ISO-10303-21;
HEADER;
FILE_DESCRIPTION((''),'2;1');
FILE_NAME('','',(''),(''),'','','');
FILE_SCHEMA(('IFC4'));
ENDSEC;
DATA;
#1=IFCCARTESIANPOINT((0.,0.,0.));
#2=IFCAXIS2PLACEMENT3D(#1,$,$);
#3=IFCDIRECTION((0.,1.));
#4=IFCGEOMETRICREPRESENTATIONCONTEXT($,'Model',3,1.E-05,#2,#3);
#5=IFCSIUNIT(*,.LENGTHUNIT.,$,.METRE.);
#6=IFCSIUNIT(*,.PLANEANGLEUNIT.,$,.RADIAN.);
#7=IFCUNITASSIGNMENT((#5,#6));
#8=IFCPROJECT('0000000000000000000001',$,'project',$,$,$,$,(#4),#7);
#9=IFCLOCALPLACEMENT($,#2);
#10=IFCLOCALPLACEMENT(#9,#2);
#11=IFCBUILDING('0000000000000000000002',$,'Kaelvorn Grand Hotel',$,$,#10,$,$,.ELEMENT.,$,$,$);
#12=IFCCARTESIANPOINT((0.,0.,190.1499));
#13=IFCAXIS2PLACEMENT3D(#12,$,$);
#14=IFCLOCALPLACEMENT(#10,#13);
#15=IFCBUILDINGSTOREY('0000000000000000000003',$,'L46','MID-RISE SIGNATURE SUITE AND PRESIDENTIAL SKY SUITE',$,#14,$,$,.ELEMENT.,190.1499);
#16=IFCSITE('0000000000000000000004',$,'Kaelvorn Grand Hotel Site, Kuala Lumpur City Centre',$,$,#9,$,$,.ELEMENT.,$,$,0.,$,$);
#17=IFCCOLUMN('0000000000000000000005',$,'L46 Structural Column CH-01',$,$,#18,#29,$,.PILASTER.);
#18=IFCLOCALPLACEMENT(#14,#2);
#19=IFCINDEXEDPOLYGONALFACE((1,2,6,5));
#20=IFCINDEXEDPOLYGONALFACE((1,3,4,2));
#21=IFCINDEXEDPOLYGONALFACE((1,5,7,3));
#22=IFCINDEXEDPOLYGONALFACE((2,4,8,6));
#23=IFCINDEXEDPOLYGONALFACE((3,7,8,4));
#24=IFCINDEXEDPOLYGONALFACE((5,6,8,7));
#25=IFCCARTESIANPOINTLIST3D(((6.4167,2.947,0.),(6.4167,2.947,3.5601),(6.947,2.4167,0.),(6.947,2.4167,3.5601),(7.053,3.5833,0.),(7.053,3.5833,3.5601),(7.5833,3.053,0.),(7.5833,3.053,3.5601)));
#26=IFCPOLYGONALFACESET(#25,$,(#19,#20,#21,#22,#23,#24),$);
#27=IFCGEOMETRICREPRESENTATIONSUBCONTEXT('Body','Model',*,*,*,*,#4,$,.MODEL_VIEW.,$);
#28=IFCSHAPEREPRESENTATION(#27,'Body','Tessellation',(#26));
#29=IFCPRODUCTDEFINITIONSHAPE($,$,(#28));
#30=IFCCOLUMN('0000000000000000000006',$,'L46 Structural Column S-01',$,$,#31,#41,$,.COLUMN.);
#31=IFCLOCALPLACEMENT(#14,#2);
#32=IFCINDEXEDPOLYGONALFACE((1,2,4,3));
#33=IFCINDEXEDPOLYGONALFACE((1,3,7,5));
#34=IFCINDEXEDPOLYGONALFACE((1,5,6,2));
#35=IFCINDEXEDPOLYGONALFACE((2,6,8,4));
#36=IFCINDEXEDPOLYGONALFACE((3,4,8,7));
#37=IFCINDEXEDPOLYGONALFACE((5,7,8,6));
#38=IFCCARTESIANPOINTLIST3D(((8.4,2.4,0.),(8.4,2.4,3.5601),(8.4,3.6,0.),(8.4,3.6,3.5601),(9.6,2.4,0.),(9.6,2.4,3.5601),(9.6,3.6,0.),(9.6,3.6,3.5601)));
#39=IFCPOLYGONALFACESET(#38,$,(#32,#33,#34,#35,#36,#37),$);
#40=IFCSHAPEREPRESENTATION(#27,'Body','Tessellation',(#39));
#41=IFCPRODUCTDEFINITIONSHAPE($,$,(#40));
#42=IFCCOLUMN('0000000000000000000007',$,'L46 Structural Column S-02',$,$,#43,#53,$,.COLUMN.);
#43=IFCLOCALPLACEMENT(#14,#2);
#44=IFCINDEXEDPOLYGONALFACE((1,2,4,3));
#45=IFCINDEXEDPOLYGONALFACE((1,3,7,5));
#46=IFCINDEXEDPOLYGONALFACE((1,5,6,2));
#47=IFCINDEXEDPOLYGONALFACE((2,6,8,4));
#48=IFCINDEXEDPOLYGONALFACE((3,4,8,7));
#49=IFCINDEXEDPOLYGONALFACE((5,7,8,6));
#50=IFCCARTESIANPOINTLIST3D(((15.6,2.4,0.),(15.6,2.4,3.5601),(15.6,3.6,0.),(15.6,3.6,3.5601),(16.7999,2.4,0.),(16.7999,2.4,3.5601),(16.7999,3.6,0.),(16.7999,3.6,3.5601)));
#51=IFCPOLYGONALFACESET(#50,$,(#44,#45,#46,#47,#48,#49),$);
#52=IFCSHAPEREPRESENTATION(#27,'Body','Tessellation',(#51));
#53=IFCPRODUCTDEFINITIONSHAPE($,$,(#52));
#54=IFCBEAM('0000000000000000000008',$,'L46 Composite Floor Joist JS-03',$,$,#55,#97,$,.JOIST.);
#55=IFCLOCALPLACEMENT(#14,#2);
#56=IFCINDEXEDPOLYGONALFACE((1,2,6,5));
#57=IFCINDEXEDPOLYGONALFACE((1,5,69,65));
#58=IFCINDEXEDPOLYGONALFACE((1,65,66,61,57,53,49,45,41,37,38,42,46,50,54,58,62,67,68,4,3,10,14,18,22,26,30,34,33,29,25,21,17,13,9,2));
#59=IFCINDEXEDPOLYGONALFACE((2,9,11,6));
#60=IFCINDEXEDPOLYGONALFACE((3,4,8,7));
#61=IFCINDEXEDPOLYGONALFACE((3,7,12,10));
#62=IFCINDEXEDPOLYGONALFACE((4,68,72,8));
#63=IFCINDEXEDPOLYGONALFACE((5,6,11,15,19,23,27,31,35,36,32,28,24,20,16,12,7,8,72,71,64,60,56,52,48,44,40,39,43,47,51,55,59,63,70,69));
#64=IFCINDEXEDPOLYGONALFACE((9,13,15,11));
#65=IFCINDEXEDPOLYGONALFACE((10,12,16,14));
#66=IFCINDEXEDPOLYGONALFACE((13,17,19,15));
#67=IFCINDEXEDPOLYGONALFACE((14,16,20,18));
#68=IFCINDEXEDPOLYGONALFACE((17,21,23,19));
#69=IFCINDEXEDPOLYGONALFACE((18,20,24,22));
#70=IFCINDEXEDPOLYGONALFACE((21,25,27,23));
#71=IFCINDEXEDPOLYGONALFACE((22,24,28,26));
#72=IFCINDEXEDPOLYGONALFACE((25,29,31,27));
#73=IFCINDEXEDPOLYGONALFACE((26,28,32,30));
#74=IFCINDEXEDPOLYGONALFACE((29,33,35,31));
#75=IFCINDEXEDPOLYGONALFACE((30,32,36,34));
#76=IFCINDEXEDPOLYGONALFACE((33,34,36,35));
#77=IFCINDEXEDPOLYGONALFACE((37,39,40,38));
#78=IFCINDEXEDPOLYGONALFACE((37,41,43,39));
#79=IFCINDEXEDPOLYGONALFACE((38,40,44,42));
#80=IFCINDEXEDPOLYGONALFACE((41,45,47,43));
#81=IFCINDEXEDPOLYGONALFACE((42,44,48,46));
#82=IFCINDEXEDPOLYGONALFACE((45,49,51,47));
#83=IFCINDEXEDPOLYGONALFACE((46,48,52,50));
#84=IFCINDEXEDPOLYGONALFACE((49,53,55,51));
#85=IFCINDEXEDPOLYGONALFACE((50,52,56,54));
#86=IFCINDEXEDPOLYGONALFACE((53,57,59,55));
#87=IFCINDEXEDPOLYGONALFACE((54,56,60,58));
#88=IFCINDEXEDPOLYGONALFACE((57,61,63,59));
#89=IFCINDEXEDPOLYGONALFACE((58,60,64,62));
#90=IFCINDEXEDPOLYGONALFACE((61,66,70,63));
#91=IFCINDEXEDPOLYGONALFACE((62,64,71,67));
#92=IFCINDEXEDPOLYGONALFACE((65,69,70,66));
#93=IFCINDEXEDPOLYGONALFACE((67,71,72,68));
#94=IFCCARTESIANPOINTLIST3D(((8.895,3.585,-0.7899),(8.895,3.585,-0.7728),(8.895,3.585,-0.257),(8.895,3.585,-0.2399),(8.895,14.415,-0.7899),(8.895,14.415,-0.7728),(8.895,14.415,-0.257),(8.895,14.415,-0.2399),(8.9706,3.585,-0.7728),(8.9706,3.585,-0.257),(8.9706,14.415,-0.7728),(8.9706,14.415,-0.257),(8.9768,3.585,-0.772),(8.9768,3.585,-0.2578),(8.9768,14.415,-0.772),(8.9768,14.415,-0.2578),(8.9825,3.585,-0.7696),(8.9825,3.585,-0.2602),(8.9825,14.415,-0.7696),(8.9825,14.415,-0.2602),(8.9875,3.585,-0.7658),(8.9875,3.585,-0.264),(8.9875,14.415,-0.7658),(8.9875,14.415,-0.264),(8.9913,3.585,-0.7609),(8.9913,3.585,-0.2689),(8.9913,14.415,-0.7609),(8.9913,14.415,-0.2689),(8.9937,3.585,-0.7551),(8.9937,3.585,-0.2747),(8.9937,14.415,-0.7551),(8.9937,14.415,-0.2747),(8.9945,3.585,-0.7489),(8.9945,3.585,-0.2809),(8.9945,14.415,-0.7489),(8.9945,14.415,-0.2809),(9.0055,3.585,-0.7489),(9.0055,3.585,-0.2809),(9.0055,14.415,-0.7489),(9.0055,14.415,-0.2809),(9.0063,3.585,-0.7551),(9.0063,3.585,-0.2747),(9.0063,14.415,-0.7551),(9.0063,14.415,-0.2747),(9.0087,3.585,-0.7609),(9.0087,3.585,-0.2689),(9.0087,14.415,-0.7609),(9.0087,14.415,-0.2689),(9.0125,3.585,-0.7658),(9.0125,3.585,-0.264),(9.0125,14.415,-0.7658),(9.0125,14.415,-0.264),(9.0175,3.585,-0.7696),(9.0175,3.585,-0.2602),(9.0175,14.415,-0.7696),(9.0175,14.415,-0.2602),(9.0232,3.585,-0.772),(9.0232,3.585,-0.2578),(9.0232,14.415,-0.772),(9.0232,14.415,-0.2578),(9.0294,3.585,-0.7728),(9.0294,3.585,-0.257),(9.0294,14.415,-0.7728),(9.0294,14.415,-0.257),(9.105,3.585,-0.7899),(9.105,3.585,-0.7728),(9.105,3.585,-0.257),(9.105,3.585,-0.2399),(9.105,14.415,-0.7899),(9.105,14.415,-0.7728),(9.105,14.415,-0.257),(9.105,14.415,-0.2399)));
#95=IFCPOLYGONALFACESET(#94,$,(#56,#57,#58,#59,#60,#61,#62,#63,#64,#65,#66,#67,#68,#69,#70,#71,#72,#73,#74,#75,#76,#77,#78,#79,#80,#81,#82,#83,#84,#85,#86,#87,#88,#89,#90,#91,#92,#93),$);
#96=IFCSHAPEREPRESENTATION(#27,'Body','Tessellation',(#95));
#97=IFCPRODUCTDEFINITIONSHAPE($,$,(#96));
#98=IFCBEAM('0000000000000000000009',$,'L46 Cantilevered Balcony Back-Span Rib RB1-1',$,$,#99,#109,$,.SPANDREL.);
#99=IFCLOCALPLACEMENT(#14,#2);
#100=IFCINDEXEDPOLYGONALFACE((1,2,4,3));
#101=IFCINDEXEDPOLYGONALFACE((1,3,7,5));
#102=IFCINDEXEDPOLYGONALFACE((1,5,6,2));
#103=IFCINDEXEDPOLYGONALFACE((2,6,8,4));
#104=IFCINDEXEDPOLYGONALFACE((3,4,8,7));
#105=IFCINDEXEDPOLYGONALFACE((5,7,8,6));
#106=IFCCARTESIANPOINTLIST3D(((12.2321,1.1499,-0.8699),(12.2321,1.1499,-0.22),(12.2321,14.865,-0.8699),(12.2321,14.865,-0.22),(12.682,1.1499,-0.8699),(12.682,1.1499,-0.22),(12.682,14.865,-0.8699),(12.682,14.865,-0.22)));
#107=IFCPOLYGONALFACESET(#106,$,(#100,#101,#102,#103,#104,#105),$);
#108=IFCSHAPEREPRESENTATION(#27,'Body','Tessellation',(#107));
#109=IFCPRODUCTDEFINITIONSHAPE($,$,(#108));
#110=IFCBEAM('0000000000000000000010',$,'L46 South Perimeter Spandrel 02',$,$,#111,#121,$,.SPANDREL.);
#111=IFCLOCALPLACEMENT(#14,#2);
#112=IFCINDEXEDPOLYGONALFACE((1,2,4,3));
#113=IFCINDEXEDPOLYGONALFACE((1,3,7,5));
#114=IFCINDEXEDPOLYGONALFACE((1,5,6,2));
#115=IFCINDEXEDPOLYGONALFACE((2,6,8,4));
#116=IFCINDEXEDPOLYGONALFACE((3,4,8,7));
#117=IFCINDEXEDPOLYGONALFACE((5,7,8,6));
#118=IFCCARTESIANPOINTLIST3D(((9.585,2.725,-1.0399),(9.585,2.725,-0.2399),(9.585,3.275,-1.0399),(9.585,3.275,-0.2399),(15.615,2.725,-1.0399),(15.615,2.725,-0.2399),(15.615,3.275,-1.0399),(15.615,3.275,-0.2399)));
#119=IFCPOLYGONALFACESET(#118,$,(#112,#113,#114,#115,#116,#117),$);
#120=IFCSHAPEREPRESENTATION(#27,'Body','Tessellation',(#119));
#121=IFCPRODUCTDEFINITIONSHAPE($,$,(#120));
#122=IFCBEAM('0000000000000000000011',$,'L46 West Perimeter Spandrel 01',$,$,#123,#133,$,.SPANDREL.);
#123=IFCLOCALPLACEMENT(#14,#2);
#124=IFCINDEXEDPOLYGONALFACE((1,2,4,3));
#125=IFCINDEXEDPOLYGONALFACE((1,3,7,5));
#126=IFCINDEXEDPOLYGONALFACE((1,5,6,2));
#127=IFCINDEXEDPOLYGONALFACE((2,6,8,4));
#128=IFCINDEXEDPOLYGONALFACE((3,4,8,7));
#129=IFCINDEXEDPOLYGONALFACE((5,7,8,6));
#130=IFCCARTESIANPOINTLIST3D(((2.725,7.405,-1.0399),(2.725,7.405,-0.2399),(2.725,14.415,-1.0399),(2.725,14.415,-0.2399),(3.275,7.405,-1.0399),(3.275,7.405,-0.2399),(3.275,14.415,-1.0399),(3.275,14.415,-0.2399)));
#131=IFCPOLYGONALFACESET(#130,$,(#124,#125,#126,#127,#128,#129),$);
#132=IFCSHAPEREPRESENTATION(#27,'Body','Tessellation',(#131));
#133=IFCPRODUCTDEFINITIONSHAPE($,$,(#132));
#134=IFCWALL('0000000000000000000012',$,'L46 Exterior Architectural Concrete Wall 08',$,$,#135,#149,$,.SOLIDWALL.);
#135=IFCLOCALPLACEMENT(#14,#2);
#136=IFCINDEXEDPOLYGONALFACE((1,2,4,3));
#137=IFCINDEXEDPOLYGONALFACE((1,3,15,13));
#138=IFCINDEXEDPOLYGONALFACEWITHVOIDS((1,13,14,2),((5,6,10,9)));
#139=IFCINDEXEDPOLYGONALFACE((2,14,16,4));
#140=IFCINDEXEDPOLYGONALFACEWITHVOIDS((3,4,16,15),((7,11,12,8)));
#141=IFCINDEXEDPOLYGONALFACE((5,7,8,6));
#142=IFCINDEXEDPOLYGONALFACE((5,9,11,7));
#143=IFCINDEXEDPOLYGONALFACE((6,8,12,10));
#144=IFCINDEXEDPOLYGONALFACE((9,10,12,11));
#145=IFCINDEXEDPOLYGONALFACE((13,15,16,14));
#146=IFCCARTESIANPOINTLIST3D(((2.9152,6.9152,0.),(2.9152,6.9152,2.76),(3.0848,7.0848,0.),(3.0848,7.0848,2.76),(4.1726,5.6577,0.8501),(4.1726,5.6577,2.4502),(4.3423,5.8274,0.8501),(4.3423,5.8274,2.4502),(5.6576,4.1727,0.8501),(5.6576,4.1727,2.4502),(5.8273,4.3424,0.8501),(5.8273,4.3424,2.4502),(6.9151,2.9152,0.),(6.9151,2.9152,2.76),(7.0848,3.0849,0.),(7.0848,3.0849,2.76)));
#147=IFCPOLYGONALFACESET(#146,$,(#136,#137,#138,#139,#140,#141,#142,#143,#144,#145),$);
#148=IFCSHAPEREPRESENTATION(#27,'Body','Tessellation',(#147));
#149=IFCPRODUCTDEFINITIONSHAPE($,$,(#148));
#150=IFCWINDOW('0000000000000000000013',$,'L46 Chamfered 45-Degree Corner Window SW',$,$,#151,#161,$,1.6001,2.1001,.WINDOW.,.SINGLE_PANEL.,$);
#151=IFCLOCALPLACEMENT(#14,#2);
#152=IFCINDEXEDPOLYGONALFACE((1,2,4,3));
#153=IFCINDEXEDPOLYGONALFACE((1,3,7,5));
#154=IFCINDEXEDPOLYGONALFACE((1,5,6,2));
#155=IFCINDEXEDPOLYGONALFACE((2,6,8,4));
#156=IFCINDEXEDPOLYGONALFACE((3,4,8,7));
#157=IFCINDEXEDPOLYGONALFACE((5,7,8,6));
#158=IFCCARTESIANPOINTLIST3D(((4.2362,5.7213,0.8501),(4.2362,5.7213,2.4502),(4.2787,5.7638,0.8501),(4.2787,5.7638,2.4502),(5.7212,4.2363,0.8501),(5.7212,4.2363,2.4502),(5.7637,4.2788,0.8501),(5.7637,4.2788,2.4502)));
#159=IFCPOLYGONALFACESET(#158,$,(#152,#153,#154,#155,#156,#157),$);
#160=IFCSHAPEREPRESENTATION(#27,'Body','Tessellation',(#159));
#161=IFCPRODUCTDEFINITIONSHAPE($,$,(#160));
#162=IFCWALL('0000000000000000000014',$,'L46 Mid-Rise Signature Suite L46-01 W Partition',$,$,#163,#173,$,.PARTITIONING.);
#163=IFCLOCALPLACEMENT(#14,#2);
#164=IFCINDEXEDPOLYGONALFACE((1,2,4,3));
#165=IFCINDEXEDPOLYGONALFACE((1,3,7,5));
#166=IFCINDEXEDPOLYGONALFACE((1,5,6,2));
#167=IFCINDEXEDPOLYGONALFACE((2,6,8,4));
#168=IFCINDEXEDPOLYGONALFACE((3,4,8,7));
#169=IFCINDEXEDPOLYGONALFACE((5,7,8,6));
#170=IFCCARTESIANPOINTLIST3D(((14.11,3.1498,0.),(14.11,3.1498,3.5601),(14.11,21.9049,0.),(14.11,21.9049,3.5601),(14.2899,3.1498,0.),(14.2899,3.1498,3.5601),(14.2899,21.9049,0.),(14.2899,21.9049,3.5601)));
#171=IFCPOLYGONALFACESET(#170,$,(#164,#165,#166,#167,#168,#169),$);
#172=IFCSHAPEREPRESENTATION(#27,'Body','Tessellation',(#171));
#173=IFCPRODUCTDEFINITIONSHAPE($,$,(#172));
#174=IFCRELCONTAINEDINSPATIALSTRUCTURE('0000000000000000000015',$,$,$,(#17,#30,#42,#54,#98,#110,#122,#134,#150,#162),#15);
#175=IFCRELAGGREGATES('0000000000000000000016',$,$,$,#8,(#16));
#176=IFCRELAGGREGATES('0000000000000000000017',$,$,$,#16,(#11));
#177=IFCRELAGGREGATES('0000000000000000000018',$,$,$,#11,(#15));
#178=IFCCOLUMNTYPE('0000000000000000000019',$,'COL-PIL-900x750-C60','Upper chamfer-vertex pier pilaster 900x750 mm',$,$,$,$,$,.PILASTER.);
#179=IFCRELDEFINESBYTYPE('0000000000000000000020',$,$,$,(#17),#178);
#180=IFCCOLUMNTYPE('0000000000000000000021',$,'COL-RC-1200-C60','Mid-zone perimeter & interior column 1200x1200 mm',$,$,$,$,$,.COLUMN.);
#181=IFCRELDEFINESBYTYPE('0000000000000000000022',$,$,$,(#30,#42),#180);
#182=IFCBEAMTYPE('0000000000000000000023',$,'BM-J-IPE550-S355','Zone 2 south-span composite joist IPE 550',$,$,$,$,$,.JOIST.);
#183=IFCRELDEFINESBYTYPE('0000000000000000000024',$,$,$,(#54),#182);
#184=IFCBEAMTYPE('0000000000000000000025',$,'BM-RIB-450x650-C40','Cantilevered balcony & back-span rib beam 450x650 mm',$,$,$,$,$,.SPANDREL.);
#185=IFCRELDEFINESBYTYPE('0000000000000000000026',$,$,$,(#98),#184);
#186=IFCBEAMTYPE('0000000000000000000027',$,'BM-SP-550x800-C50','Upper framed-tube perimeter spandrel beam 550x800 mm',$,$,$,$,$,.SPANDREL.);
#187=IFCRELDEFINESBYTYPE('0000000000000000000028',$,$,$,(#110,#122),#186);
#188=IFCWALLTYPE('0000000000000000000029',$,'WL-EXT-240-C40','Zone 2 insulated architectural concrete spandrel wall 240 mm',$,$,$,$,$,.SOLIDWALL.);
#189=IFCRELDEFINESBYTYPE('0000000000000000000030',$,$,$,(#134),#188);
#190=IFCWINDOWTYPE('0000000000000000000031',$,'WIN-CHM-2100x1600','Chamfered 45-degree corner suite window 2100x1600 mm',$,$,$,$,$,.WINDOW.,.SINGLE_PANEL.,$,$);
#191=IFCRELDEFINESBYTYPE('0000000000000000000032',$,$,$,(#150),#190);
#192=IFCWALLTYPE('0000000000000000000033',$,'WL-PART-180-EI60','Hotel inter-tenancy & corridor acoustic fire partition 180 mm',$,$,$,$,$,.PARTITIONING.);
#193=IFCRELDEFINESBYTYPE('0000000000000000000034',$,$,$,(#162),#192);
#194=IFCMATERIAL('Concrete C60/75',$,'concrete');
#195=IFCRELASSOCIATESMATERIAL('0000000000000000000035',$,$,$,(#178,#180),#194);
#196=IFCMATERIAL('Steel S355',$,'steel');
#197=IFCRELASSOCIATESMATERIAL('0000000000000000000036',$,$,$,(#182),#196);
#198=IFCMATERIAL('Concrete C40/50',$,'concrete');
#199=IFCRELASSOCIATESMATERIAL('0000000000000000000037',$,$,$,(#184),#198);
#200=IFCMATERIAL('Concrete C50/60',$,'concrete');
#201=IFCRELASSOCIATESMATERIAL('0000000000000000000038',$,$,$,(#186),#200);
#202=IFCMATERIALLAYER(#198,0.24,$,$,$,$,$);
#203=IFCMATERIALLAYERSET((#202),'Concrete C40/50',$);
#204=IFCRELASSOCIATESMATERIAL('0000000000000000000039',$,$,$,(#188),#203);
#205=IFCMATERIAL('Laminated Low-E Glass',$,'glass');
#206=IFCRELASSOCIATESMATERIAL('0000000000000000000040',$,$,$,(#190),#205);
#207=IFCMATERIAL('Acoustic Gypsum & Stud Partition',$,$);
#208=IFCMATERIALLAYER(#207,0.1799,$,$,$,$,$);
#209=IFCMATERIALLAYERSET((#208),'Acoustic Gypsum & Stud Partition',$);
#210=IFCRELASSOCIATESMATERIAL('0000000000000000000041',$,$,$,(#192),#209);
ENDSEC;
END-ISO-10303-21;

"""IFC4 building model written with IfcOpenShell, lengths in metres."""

from ifc_helpers import new_model, si_unit, direction, frame, frame_2d, origin, origin_2d, place, context, subcontext, project, spatial, rectangle, i_section, extrude, material, layer, layer_set, material_profile, profile_set, type_object, element, fill, save


model = new_model("IFC4")

# Units and contexts
model_context = context("Model", 3, precision=1e-05, world=origin(), true_north=direction((0.0, 1.0)))
body_context = subcontext(model_context, "Body", "Model", "MODEL_VIEW")
ifc_project = project(units=[si_unit("LENGTHUNIT", "METRE"), si_unit("PLANEANGLEUNIT", "RADIAN")], contexts=[model_context])

# Site, building, storey
site_placement = place(None, origin())
site = spatial("IfcSite", under=ifc_project, at=site_placement, Name="Kaelvorn Grand Hotel Site, Kuala Lumpur City Centre", CompositionType="ELEMENT", RefElevation=0.0)
building_placement = place(site_placement, origin())
building = spatial("IfcBuilding", under=site, at=building_placement, Name="Kaelvorn Grand Hotel", CompositionType="ELEMENT")
storey_placement = place(building_placement, frame((0.0, 0.0, 190.1499)))
storey = spatial("IfcBuildingStorey", under=building, at=storey_placement, Name="L46", Description="MID-RISE SIGNATURE SUITE AND PRESIDENTIAL SKY SUITE", CompositionType="ELEMENT", Elevation=190.1499)

# Columns
ifc_material_1 = material(Name="Concrete C60/75", Category="concrete")
ifc_material_profile_1 = material_profile(ifc_material_1, rectangle(XDim=0.8999, YDim=0.75, at=origin_2d()), Name="RC PILASTER 900x750")
ifc_profile_set_1 = profile_set([ifc_material_profile_1], Name="Concrete C60/75")
column_type_1 = type_object("IfcColumnType", Name="COL-PIL-900x750-C60", Description="Upper chamfer-vertex pier pilaster 900x750 mm", PredefinedType="PILASTER", material=ifc_profile_set_1)
column_placement = place(storey_placement, frame((7.0, 3.0, 0.0), z_axis=(0.0, 0.0, 1.0), x_axis=(0.707107, 0.707107, 0.0)))
element("IfcColumn", 1, at=column_placement, inside=storey, type_object=column_type_1, Name="L46 Structural Column CH-01", PredefinedType="PILASTER", context=body_context, shape_type="SweptSolid", body=[
    extrude(rectangle(XDim=0.8999, YDim=0.75, at=origin_2d()), origin(), (0.0, 0.0, 1.0), 3.5601),
])
ifc_material_profile_2 = material_profile(ifc_material_1, rectangle(XDim=1.2, YDim=1.2, at=origin_2d()), Name="RC COL 1200x1200")
ifc_profile_set_2 = profile_set([ifc_material_profile_2], Name="Concrete C60/75")
column_type_2 = type_object("IfcColumnType", Name="COL-RC-1200-C60", Description="Mid-zone perimeter & interior column 1200x1200 mm", PredefinedType="COLUMN", material=ifc_profile_set_2)
for number, where, z_axis, x_axis, name in (
    (2, (9.0, 3.0, 0.0), (0.0, 0.0, 1.0), (1.0, 0.0, 0.0), "L46 Structural Column S-01"),
    (3, (16.2, 3.0, 0.0), (0.0, 0.0, 1.0), (1.0, 0.0, 0.0), "L46 Structural Column S-02"),
):
    element("IfcColumn", number, at=place(storey_placement, frame(where, z_axis=z_axis, x_axis=x_axis)), inside=storey, type_object=column_type_2, Name=name, PredefinedType="COLUMN", context=body_context, shape_type="SweptSolid", body=[
        extrude(rectangle(XDim=1.2, YDim=1.2, at=origin_2d()), origin(), (0.0, 0.0, 1.0), 3.5601),
    ])

# Beams
ifc_material_2 = material(Name="Steel S355", Category="steel")
ifc_material_profile_3 = material_profile(ifc_material_2, i_section(OverallWidth=0.21, OverallDepth=0.55, WebThickness=0.011, FlangeThickness=0.0171, FilletRadius=0.0239, at=origin_2d()), Name="IPE 550")
ifc_profile_set_3 = profile_set([ifc_material_profile_3], Name="Steel S355")
beam_type_1 = type_object("IfcBeamType", Name="BM-J-IPE550-S355", Description="Zone 2 south-span composite joist IPE 550", PredefinedType="JOIST", material=ifc_profile_set_3)
beam_1_placement = place(storey_placement, frame((9.0, 3.585, -0.5149), z_axis=(0.0, 1.0, 0.0), x_axis=(-1.0, 0.0, 0.0)))
element("IfcBeam", 4, at=beam_1_placement, inside=storey, type_object=beam_type_1, Name="L46 Composite Floor Joist JS-03", PredefinedType="JOIST", context=body_context, shape_type="SweptSolid", body=[
    extrude(i_section(OverallWidth=0.21, OverallDepth=0.55, WebThickness=0.011, FlangeThickness=0.0171, FilletRadius=0.0239, at=origin_2d()), origin(), (0.0, 0.0, 1.0), 10.8301),
])
ifc_material_3 = material(Name="Concrete C40/50", Category="concrete")
ifc_material_profile_4 = material_profile(ifc_material_3, rectangle(XDim=0.45, YDim=0.6499, at=origin_2d()), Name="RC RIB 450x650")
ifc_profile_set_4 = profile_set([ifc_material_profile_4], Name="Concrete C40/50")
beam_type_2 = type_object("IfcBeamType", Name="BM-RIB-450x650-C40", Description="Cantilevered balcony & back-span rib beam 450x650 mm", PredefinedType="SPANDREL", material=ifc_profile_set_4)
beam_2_placement = place(storey_placement, frame((12.457, 1.1499, -0.5449), z_axis=(0.0, 1.0, 0.0), x_axis=(-1.0, 0.0, 0.0)))
element("IfcBeam", 5, at=beam_2_placement, inside=storey, type_object=beam_type_2, Name="L46 Cantilevered Balcony Back-Span Rib RB1-1", PredefinedType="SPANDREL", context=body_context, shape_type="SweptSolid", body=[
    extrude(rectangle(XDim=0.45, YDim=0.6499, at=origin_2d()), origin(), (0.0, 0.0, 1.0), 13.7151),
])
ifc_material_4 = material(Name="Concrete C50/60", Category="concrete")
ifc_material_profile_5 = material_profile(ifc_material_4, rectangle(XDim=0.55, YDim=0.8, at=origin_2d()), Name="RC SPANDREL 550x800")
ifc_profile_set_5 = profile_set([ifc_material_profile_5], Name="Concrete C50/60")
beam_type_3 = type_object("IfcBeamType", Name="BM-SP-550x800-C50", Description="Upper framed-tube perimeter spandrel beam 550x800 mm", PredefinedType="SPANDREL", material=ifc_profile_set_5)
beam_3_placement = place(storey_placement, frame((9.585, 3.0, -0.6399), z_axis=(1.0, 0.0, 0.0), x_axis=(0.0, 1.0, 0.0)))
element("IfcBeam", 6, at=beam_3_placement, inside=storey, type_object=beam_type_3, Name="L46 South Perimeter Spandrel 02", PredefinedType="SPANDREL", context=body_context, shape_type="SweptSolid", body=[
    extrude(rectangle(XDim=0.55, YDim=0.8, at=origin_2d()), origin(), (0.0, 0.0, 1.0), 6.03),
])
beam_4_placement = place(storey_placement, frame((3.0, 7.405, -0.6399), z_axis=(0.0, 1.0, 0.0), x_axis=(-1.0, 0.0, 0.0)))
element("IfcBeam", 7, at=beam_4_placement, inside=storey, type_object=beam_type_3, Name="L46 West Perimeter Spandrel 01", PredefinedType="SPANDREL", context=body_context, shape_type="SweptSolid", body=[
    extrude(rectangle(XDim=0.55, YDim=0.8, at=origin_2d()), origin(), (0.0, 0.0, 1.0), 7.01),
])

# Shared definitions
ifc_layer_1 = layer(ifc_material_3, 0.24)
ifc_layer_set_1 = layer_set([ifc_layer_1], Name="Concrete C40/50")
wall_type_1 = type_object("IfcWallType", Name="WL-EXT-240-C40", Description="Zone 2 insulated architectural concrete spandrel wall 240 mm", PredefinedType="SOLIDWALL", material=ifc_layer_set_1)
ifc_material_5 = material(Name="Laminated Low-E Glass", Category="glass")

# Wall, opening, window
wall_1_placement = place(storey_placement, frame((3.0, 7.0, 0.0), z_axis=(0.0, 0.0, 1.0), x_axis=(0.707107, -0.707107, 0.0)))
wall_1 = element("IfcWall", 8, at=wall_1_placement, inside=storey, type_object=wall_type_1, Name="L46 Exterior Architectural Concrete Wall 08", PredefinedType="SOLIDWALL", context=body_context, shape_type="SweptSolid", body=[
    extrude(rectangle(XDim=5.6567, YDim=0.24, at=frame_2d((2.8284, 0.0))), origin(), (0.0, 0.0, 1.0), 2.76),
])
opening_1_placement = place(wall_1_placement, frame((1.7783, 0.0, 0.8501)))
opening_1 = element("IfcOpeningElement", 9, at=opening_1_placement, cuts=wall_1, PredefinedType="OPENING", context=body_context, shape_type="SweptSolid", body=[
    extrude(rectangle(XDim=2.1001, YDim=1.6001, at=frame_2d((1.05, 0.8))), frame((0.0, 0.1299, 0.0), z_axis=(0.0, -1.0, 0.0), x_axis=(1.0, 0.0, 0.0)), (0.0, 0.0, 1.0), 0.26),
])
window_type_1 = type_object("IfcWindowType", Name="WIN-CHM-2100x1600", Description="Chamfered 45-degree corner suite window 2100x1600 mm", PartitioningType="SINGLE_PANEL", PredefinedType="WINDOW", material=ifc_material_5)
window_1_placement = place(opening_1_placement, origin())
window_1 = element("IfcWindow", 10, at=window_1_placement, inside=storey, type_object=window_type_1, Name="L46 Chamfered 45-Degree Corner Window SW", OverallHeight=1.6001, OverallWidth=2.1001, PartitioningType="SINGLE_PANEL", PredefinedType="WINDOW", context=body_context, shape_type="SweptSolid", body=[
    extrude(rectangle(XDim=2.1001, YDim=1.6001, at=frame_2d((1.05, 0.8))), frame((0.0, 0.03, 0.0), z_axis=(0.0, -1.0, 0.0), x_axis=(1.0, 0.0, 0.0)), (0.0, 0.0, 1.0), 0.0601),
])
fill(opening_1, window_1)

# Wall
ifc_material_6 = material(Name="Acoustic Gypsum & Stud Partition")
ifc_layer_2 = layer(ifc_material_6, 0.1799)
ifc_layer_set_2 = layer_set([ifc_layer_2], Name="Acoustic Gypsum & Stud Partition")
wall_type_2 = type_object("IfcWallType", Name="WL-PART-180-EI60", Description="Hotel inter-tenancy & corridor acoustic fire partition 180 mm", PredefinedType="PARTITIONING", material=ifc_layer_set_2)
wall_2_placement = place(storey_placement, frame((14.2, 3.1499, 0.0), z_axis=(0.0, 0.0, 1.0), x_axis=(0.0, 1.0, 0.0)))
element("IfcWall", 11, at=wall_2_placement, inside=storey, type_object=wall_type_2, Name="L46 Mid-Rise Signature Suite L46-01 W Partition", PredefinedType="PARTITIONING", context=body_context, shape_type="SweptSolid", body=[
    extrude(rectangle(XDim=18.7551, YDim=0.1799, at=frame_2d((9.3774, 0.0))), origin(), (0.0, 0.0, 1.0), 3.5601),
])

save(model, "model.ifc")
